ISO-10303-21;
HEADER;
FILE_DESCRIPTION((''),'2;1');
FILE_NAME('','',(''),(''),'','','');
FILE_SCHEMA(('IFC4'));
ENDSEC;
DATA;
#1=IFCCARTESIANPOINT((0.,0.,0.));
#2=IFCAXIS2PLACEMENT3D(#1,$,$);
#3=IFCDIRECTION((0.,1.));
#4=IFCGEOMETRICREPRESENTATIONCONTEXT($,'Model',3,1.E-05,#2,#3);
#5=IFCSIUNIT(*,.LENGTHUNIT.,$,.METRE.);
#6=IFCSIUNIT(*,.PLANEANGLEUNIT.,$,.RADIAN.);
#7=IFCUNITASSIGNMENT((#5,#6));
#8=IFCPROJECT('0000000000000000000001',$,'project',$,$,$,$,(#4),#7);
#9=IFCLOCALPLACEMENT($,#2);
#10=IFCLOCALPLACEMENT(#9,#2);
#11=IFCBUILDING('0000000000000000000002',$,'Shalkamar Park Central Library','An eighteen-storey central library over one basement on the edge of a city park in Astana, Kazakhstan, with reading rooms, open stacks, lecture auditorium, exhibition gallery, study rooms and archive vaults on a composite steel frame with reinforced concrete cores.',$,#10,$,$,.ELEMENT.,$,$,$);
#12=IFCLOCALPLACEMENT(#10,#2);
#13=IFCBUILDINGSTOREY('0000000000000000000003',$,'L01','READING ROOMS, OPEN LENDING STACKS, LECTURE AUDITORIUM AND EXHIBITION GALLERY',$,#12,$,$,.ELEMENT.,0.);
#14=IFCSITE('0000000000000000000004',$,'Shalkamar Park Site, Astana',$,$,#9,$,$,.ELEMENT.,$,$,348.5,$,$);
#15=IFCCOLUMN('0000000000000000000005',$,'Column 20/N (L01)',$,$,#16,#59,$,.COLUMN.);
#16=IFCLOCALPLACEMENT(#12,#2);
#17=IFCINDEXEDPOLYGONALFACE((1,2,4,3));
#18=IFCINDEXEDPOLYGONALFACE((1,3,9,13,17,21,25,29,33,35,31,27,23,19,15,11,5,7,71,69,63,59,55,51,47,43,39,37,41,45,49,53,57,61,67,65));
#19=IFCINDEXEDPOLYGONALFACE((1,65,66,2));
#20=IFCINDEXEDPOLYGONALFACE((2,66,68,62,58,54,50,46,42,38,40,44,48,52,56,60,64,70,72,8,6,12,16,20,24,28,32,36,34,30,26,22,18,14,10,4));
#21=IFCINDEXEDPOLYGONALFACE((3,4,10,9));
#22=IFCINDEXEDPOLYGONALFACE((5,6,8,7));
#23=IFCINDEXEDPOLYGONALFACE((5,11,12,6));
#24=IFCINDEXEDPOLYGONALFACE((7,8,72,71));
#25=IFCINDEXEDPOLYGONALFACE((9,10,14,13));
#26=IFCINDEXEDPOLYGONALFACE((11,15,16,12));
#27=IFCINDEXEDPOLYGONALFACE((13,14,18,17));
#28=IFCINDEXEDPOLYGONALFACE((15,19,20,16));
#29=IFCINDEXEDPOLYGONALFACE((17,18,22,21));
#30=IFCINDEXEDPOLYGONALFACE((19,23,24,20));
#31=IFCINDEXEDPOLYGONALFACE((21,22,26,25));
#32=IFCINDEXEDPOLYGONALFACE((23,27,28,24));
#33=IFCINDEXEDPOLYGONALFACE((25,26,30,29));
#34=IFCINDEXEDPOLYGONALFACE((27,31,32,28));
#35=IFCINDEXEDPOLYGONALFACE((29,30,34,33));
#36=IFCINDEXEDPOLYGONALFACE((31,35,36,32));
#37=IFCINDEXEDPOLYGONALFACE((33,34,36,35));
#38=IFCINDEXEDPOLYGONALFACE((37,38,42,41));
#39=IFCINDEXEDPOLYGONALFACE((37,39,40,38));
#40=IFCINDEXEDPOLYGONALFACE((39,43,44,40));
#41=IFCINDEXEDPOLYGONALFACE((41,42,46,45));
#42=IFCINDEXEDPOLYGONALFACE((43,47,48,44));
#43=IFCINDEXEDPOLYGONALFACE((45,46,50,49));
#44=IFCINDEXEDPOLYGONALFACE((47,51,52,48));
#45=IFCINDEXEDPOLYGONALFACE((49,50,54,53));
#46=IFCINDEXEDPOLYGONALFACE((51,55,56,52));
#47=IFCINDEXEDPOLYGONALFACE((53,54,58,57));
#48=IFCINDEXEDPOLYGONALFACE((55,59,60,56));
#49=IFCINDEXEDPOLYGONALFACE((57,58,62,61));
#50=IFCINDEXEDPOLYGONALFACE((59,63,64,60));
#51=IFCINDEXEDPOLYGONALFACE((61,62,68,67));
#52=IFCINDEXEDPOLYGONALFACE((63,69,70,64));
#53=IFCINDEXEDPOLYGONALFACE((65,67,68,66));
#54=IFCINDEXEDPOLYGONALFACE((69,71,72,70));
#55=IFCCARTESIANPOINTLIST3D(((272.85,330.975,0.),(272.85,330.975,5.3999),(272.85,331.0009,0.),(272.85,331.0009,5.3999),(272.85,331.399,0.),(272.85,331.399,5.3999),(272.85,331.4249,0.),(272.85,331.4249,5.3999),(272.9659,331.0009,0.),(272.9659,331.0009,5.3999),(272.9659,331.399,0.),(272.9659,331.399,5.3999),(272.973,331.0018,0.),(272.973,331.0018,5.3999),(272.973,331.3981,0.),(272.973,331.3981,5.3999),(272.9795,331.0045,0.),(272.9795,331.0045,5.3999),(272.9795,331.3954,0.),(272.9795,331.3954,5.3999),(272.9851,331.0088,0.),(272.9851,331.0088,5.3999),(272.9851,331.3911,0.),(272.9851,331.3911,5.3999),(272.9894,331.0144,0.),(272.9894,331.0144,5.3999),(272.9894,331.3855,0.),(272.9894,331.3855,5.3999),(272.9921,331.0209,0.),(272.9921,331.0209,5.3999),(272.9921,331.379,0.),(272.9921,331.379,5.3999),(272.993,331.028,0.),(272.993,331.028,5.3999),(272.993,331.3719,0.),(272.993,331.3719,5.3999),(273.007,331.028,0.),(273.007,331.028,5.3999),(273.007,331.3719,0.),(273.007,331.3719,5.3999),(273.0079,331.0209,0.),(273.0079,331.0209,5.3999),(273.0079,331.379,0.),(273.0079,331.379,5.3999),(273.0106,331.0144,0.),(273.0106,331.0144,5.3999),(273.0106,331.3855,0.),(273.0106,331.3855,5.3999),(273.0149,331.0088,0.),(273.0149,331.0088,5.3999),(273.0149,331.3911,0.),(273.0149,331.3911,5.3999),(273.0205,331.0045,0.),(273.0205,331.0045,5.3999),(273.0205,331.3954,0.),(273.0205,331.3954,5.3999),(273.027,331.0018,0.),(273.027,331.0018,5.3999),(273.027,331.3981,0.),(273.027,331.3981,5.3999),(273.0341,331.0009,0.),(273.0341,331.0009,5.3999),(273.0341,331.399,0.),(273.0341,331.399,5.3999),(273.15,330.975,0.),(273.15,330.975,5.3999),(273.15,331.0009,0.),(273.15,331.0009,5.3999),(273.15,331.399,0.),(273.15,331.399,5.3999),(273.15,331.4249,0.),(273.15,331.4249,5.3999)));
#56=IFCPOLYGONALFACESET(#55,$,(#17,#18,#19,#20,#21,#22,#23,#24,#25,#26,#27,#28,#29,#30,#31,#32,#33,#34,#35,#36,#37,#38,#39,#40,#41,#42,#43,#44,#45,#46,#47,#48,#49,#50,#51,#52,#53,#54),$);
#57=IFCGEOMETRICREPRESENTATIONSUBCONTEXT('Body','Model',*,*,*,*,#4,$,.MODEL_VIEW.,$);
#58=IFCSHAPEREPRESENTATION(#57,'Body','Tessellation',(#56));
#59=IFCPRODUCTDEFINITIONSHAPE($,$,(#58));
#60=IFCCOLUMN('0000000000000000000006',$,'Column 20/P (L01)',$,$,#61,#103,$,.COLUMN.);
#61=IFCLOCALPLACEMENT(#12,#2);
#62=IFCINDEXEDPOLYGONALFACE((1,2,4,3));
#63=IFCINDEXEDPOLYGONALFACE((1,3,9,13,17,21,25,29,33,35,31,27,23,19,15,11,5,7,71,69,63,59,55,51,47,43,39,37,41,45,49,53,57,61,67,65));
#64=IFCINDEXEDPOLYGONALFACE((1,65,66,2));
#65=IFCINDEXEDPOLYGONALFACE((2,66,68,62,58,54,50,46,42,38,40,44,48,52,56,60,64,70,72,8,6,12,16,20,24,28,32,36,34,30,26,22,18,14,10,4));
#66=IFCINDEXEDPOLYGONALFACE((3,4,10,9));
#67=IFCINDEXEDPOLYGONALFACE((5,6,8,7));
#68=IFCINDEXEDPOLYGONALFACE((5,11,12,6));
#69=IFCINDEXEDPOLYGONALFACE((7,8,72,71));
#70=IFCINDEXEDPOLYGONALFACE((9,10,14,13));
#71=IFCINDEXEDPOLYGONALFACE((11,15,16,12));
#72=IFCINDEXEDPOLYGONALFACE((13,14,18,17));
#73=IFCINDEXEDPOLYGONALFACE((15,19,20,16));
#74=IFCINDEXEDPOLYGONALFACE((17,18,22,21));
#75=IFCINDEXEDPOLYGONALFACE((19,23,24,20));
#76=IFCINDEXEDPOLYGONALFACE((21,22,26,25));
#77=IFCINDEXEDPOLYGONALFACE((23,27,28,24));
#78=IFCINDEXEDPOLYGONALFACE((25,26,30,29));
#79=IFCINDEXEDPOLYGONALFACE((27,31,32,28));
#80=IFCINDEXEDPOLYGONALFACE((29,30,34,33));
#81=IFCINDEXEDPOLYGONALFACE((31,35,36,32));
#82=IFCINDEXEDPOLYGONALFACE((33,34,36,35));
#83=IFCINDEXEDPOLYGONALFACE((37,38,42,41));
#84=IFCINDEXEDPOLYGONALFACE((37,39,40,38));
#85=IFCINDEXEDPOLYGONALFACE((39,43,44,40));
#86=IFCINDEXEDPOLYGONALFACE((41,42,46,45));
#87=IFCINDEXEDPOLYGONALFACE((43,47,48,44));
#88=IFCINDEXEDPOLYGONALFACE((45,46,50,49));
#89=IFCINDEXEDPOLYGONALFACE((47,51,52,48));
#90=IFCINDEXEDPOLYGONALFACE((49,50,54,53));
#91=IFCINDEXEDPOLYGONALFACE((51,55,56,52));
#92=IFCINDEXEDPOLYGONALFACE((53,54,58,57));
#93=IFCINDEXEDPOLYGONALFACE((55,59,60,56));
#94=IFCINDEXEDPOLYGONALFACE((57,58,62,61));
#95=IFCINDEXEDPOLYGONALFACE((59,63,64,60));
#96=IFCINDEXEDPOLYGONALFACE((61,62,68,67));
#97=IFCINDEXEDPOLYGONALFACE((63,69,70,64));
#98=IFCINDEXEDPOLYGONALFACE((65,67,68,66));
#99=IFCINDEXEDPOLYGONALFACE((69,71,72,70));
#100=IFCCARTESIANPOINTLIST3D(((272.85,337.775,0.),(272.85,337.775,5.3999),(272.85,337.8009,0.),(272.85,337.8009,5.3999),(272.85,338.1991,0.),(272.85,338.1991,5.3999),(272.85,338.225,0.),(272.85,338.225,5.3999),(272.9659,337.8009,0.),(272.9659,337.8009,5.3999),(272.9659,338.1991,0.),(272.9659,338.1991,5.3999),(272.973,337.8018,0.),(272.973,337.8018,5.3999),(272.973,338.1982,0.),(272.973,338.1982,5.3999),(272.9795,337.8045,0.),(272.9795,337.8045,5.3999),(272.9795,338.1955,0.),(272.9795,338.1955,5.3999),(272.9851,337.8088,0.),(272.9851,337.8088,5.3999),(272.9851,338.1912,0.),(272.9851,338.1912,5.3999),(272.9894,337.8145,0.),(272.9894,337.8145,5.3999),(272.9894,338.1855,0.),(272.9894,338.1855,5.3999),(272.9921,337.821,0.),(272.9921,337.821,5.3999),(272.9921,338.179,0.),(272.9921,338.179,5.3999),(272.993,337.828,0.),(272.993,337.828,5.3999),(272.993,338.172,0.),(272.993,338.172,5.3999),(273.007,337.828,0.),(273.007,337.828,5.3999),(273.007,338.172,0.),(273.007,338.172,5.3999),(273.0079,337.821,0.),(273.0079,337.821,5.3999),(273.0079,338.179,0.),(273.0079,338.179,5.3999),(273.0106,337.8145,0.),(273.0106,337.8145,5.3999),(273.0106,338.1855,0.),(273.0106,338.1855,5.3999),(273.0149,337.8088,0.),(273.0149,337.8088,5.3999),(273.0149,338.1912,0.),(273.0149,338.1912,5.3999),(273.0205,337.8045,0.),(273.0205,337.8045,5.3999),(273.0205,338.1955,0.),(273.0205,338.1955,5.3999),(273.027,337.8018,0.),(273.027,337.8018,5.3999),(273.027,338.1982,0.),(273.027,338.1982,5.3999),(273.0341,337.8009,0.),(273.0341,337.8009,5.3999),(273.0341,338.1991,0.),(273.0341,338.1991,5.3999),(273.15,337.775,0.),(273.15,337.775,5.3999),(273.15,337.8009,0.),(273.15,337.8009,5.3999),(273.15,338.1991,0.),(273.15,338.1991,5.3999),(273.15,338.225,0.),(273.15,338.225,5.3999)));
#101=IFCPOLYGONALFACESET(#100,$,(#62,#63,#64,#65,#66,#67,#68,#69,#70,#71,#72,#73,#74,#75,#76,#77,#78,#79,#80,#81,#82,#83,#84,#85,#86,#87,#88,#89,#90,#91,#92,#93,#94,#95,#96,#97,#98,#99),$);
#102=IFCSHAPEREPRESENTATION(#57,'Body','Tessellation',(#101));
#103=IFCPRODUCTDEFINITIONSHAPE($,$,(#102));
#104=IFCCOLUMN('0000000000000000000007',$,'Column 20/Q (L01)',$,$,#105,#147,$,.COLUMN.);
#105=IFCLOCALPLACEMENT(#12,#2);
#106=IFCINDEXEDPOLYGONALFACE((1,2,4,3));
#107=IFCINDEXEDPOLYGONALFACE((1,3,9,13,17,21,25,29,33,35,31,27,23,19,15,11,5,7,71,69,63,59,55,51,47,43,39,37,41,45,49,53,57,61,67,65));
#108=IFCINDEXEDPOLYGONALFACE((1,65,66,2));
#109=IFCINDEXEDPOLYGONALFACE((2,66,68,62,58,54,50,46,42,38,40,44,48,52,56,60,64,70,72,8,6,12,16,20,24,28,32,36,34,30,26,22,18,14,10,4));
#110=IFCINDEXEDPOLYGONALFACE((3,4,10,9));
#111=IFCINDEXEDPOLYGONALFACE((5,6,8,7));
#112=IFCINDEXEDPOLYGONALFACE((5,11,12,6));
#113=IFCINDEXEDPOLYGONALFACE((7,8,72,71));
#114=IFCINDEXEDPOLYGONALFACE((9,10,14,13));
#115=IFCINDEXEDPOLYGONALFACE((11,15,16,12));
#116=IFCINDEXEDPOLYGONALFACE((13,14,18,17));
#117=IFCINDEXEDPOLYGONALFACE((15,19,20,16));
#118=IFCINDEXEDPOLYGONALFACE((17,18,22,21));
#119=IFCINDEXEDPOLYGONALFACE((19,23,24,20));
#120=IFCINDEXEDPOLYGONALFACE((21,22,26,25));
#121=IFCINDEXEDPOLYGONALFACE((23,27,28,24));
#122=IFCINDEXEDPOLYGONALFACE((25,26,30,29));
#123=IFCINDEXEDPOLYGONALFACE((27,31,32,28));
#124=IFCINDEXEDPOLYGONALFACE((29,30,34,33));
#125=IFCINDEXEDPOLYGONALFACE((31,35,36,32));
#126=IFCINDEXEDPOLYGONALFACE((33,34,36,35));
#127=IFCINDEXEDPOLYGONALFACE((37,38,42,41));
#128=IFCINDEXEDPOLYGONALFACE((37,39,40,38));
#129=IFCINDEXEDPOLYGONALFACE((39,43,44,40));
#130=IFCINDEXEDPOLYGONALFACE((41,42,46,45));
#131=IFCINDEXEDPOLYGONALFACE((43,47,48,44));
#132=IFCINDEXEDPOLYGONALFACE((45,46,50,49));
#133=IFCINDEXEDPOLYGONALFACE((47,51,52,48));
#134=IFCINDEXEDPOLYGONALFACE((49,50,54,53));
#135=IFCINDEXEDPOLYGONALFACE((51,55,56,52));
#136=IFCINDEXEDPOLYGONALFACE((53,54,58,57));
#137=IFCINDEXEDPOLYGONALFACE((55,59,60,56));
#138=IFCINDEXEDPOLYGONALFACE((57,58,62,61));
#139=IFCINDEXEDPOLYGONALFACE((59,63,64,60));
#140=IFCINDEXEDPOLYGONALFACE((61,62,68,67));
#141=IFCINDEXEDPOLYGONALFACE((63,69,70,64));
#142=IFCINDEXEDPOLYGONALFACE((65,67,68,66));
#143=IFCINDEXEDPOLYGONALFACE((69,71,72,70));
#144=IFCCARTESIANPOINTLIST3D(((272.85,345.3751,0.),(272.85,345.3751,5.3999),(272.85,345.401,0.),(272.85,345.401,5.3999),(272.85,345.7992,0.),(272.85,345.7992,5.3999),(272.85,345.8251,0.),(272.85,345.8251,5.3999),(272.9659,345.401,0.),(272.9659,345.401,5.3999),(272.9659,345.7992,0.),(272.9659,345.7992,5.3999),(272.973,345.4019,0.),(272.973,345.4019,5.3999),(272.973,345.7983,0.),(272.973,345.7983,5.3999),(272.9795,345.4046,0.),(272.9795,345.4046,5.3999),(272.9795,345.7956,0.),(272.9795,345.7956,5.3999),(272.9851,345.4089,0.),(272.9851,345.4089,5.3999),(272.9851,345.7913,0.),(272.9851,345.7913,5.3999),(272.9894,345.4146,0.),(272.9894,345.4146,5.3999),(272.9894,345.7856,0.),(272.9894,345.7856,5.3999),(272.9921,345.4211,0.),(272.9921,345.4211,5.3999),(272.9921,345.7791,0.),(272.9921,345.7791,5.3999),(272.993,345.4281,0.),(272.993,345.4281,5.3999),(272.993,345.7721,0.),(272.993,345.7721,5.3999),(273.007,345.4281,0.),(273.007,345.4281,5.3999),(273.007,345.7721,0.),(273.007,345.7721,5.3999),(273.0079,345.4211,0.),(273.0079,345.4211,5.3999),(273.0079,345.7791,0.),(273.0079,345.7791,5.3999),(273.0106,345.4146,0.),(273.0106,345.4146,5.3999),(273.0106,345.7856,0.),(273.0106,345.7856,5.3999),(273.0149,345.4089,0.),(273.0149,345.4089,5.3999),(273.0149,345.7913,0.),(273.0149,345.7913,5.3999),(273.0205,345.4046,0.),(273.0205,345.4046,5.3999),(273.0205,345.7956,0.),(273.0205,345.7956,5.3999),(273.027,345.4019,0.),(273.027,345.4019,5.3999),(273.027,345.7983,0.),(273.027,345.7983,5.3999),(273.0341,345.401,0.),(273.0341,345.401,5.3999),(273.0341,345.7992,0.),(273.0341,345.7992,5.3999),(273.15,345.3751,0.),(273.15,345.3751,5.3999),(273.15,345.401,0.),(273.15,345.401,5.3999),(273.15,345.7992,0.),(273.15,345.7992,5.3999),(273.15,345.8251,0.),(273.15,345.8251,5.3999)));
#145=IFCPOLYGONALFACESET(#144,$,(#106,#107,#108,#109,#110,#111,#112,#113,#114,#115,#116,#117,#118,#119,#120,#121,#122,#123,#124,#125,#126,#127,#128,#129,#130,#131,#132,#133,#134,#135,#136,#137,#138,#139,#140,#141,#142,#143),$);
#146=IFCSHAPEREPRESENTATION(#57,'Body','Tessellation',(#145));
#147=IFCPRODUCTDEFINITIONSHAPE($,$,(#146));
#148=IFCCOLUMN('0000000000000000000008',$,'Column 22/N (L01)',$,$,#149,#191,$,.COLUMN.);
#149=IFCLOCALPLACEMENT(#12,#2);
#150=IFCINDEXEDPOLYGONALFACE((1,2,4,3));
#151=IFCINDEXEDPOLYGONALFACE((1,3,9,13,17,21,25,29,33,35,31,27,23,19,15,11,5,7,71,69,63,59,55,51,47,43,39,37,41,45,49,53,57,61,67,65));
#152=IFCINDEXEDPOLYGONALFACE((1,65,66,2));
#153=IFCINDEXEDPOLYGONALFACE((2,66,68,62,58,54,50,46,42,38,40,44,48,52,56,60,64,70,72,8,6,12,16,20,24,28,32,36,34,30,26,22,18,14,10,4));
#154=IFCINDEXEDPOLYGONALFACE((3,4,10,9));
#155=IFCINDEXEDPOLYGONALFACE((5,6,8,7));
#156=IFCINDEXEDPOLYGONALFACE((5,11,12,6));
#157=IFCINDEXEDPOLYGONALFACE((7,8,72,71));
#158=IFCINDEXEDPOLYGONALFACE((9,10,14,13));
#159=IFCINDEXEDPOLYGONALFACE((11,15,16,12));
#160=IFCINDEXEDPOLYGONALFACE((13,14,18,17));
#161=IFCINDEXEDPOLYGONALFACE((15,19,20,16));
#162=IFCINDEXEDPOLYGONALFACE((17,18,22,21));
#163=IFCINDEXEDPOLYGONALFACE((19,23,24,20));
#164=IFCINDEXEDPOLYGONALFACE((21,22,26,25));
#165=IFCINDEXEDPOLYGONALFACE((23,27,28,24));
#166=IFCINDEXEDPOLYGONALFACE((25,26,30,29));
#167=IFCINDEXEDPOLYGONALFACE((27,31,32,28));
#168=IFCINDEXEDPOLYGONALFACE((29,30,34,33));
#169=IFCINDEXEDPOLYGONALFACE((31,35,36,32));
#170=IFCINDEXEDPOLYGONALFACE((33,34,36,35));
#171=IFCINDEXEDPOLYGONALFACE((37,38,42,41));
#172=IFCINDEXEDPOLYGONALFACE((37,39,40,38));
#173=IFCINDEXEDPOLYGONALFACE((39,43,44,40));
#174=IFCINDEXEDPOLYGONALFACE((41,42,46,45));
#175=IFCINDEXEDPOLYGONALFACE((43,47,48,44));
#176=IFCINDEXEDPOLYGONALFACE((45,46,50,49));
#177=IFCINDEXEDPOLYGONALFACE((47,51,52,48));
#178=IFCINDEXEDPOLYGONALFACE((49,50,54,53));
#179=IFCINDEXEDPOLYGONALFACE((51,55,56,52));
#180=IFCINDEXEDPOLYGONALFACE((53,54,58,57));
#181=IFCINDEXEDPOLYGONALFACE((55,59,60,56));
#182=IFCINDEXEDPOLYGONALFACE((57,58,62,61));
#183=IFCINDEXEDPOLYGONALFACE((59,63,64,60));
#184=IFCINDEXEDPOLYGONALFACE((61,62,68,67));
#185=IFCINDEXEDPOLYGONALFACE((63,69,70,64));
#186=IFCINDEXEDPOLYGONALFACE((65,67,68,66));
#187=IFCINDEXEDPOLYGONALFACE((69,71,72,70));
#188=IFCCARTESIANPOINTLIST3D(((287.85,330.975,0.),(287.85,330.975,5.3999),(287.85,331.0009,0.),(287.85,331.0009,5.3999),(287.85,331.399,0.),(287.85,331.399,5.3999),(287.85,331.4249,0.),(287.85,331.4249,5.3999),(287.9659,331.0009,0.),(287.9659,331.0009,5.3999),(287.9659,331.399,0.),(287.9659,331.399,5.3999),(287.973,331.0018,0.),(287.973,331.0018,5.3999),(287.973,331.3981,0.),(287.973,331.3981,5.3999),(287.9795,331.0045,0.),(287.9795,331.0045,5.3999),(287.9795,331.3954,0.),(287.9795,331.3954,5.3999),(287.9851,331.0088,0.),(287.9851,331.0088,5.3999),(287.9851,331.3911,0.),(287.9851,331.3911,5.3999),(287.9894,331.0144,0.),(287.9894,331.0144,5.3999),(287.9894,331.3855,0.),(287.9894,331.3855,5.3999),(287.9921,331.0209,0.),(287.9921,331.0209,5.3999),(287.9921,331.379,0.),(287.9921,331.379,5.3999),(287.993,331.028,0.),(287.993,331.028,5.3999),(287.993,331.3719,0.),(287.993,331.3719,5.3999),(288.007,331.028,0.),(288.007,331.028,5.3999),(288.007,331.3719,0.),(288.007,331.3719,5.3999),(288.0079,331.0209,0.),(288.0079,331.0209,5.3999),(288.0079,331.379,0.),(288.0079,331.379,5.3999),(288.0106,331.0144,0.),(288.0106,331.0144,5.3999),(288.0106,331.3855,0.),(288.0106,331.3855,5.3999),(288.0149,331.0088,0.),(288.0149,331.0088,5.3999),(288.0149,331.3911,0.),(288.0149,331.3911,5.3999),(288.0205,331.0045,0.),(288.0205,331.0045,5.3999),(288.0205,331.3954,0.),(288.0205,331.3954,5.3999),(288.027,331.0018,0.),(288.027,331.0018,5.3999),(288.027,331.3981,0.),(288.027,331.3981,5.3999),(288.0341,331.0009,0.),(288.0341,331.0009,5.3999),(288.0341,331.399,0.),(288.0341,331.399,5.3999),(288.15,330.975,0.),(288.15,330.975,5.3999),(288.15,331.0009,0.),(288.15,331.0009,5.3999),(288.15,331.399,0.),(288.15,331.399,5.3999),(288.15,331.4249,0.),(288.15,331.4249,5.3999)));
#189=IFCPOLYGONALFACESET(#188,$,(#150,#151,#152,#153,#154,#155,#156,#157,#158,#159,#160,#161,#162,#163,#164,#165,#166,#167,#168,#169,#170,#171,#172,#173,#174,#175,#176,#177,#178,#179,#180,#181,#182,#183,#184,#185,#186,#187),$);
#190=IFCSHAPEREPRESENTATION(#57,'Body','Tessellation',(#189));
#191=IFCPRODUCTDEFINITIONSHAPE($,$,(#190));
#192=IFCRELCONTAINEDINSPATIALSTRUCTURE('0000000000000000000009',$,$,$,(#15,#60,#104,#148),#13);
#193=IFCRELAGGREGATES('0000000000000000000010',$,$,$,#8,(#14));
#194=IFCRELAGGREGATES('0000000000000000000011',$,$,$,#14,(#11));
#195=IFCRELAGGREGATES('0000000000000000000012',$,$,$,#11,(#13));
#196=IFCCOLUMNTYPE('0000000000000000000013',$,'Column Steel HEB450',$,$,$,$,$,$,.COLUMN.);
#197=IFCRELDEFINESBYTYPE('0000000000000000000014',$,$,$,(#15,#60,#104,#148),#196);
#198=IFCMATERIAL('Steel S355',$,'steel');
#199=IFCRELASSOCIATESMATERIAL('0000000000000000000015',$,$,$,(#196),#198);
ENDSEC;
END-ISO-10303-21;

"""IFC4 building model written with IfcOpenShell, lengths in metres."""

from ifc_helpers import new_model, si_unit, direction, frame, origin, origin_2d, place, context, subcontext, project, spatial, i_section, extrude, material, material_profile, profile_set, type_object, element, save


model = new_model("IFC4")

# Units and contexts
model_context = context("Model", 3, precision=1e-05, world=origin(), true_north=direction((0.0, 1.0)))
body_context = subcontext(model_context, "Body", "Model", "MODEL_VIEW")
ifc_project = project(units=[si_unit("LENGTHUNIT", "METRE"), si_unit("PLANEANGLEUNIT", "RADIAN")], contexts=[model_context])

# Site, building, storey
site_placement = place(None, origin())
site = spatial("IfcSite", under=ifc_project, at=site_placement, Name="Shalkamar Park Site, Astana", CompositionType="ELEMENT", RefElevation=348.5)
building_placement = place(site_placement, origin())
building = spatial("IfcBuilding", under=site, at=building_placement, Name="Shalkamar Park Central Library", Description="An eighteen-storey central library over one basement on the edge of a city park in Astana, Kazakhstan, with reading rooms, open stacks, lecture auditorium, exhibition gallery, study rooms and archive vaults on a composite steel frame with reinforced concrete cores.", CompositionType="ELEMENT")
storey_placement = place(building_placement, origin())
storey = spatial("IfcBuildingStorey", under=building, at=storey_placement, Name="L01", Description="READING ROOMS, OPEN LENDING STACKS, LECTURE AUDITORIUM AND EXHIBITION GALLERY", CompositionType="ELEMENT", Elevation=0.0)

# Columns
ifc_material_1 = material(Name="Steel S355", Category="steel")
ifc_material_profile_1 = material_profile(ifc_material_1, i_section(OverallWidth=0.3, OverallDepth=0.45, WebThickness=0.0139, FlangeThickness=0.0259, FilletRadius=0.0271, at=origin_2d()), Name="HEB 450")
ifc_profile_set_1 = profile_set([ifc_material_profile_1], Name="Steel S355")
column_type_1 = type_object("IfcColumnType", Name="Column Steel HEB450", PredefinedType="COLUMN", material=ifc_profile_set_1)
for number, where, z_axis, x_axis, name in (
    (1, (273.0, 331.2, 0.0), (0.0, 0.0, 1.0), (1.0, 0.0, 0.0), "Column 20/N (L01)"),
    (2, (273.0, 338.0, 0.0), (0.0, 0.0, 1.0), (1.0, 0.0, 0.0), "Column 20/P (L01)"),
    (3, (273.0, 345.6001, 0.0), (0.0, 0.0, 1.0), (1.0, 0.0, 0.0), "Column 20/Q (L01)"),
    (4, (288.0, 331.2, 0.0), (0.0, 0.0, 1.0), (1.0, 0.0, 0.0), "Column 22/N (L01)"),
):
    element("IfcColumn", number, at=place(storey_placement, frame(where, z_axis=z_axis, x_axis=x_axis)), inside=storey, type_object=column_type_1, Name=name, PredefinedType="COLUMN", context=body_context, shape_type="SweptSolid", body=[
        extrude(i_section(OverallWidth=0.3, OverallDepth=0.45, WebThickness=0.0139, FlangeThickness=0.0259, FilletRadius=0.0271, at=origin_2d()), origin(), (0.0, 0.0, 1.0), 5.3999),
    ])

save(model, "model.ifc")
